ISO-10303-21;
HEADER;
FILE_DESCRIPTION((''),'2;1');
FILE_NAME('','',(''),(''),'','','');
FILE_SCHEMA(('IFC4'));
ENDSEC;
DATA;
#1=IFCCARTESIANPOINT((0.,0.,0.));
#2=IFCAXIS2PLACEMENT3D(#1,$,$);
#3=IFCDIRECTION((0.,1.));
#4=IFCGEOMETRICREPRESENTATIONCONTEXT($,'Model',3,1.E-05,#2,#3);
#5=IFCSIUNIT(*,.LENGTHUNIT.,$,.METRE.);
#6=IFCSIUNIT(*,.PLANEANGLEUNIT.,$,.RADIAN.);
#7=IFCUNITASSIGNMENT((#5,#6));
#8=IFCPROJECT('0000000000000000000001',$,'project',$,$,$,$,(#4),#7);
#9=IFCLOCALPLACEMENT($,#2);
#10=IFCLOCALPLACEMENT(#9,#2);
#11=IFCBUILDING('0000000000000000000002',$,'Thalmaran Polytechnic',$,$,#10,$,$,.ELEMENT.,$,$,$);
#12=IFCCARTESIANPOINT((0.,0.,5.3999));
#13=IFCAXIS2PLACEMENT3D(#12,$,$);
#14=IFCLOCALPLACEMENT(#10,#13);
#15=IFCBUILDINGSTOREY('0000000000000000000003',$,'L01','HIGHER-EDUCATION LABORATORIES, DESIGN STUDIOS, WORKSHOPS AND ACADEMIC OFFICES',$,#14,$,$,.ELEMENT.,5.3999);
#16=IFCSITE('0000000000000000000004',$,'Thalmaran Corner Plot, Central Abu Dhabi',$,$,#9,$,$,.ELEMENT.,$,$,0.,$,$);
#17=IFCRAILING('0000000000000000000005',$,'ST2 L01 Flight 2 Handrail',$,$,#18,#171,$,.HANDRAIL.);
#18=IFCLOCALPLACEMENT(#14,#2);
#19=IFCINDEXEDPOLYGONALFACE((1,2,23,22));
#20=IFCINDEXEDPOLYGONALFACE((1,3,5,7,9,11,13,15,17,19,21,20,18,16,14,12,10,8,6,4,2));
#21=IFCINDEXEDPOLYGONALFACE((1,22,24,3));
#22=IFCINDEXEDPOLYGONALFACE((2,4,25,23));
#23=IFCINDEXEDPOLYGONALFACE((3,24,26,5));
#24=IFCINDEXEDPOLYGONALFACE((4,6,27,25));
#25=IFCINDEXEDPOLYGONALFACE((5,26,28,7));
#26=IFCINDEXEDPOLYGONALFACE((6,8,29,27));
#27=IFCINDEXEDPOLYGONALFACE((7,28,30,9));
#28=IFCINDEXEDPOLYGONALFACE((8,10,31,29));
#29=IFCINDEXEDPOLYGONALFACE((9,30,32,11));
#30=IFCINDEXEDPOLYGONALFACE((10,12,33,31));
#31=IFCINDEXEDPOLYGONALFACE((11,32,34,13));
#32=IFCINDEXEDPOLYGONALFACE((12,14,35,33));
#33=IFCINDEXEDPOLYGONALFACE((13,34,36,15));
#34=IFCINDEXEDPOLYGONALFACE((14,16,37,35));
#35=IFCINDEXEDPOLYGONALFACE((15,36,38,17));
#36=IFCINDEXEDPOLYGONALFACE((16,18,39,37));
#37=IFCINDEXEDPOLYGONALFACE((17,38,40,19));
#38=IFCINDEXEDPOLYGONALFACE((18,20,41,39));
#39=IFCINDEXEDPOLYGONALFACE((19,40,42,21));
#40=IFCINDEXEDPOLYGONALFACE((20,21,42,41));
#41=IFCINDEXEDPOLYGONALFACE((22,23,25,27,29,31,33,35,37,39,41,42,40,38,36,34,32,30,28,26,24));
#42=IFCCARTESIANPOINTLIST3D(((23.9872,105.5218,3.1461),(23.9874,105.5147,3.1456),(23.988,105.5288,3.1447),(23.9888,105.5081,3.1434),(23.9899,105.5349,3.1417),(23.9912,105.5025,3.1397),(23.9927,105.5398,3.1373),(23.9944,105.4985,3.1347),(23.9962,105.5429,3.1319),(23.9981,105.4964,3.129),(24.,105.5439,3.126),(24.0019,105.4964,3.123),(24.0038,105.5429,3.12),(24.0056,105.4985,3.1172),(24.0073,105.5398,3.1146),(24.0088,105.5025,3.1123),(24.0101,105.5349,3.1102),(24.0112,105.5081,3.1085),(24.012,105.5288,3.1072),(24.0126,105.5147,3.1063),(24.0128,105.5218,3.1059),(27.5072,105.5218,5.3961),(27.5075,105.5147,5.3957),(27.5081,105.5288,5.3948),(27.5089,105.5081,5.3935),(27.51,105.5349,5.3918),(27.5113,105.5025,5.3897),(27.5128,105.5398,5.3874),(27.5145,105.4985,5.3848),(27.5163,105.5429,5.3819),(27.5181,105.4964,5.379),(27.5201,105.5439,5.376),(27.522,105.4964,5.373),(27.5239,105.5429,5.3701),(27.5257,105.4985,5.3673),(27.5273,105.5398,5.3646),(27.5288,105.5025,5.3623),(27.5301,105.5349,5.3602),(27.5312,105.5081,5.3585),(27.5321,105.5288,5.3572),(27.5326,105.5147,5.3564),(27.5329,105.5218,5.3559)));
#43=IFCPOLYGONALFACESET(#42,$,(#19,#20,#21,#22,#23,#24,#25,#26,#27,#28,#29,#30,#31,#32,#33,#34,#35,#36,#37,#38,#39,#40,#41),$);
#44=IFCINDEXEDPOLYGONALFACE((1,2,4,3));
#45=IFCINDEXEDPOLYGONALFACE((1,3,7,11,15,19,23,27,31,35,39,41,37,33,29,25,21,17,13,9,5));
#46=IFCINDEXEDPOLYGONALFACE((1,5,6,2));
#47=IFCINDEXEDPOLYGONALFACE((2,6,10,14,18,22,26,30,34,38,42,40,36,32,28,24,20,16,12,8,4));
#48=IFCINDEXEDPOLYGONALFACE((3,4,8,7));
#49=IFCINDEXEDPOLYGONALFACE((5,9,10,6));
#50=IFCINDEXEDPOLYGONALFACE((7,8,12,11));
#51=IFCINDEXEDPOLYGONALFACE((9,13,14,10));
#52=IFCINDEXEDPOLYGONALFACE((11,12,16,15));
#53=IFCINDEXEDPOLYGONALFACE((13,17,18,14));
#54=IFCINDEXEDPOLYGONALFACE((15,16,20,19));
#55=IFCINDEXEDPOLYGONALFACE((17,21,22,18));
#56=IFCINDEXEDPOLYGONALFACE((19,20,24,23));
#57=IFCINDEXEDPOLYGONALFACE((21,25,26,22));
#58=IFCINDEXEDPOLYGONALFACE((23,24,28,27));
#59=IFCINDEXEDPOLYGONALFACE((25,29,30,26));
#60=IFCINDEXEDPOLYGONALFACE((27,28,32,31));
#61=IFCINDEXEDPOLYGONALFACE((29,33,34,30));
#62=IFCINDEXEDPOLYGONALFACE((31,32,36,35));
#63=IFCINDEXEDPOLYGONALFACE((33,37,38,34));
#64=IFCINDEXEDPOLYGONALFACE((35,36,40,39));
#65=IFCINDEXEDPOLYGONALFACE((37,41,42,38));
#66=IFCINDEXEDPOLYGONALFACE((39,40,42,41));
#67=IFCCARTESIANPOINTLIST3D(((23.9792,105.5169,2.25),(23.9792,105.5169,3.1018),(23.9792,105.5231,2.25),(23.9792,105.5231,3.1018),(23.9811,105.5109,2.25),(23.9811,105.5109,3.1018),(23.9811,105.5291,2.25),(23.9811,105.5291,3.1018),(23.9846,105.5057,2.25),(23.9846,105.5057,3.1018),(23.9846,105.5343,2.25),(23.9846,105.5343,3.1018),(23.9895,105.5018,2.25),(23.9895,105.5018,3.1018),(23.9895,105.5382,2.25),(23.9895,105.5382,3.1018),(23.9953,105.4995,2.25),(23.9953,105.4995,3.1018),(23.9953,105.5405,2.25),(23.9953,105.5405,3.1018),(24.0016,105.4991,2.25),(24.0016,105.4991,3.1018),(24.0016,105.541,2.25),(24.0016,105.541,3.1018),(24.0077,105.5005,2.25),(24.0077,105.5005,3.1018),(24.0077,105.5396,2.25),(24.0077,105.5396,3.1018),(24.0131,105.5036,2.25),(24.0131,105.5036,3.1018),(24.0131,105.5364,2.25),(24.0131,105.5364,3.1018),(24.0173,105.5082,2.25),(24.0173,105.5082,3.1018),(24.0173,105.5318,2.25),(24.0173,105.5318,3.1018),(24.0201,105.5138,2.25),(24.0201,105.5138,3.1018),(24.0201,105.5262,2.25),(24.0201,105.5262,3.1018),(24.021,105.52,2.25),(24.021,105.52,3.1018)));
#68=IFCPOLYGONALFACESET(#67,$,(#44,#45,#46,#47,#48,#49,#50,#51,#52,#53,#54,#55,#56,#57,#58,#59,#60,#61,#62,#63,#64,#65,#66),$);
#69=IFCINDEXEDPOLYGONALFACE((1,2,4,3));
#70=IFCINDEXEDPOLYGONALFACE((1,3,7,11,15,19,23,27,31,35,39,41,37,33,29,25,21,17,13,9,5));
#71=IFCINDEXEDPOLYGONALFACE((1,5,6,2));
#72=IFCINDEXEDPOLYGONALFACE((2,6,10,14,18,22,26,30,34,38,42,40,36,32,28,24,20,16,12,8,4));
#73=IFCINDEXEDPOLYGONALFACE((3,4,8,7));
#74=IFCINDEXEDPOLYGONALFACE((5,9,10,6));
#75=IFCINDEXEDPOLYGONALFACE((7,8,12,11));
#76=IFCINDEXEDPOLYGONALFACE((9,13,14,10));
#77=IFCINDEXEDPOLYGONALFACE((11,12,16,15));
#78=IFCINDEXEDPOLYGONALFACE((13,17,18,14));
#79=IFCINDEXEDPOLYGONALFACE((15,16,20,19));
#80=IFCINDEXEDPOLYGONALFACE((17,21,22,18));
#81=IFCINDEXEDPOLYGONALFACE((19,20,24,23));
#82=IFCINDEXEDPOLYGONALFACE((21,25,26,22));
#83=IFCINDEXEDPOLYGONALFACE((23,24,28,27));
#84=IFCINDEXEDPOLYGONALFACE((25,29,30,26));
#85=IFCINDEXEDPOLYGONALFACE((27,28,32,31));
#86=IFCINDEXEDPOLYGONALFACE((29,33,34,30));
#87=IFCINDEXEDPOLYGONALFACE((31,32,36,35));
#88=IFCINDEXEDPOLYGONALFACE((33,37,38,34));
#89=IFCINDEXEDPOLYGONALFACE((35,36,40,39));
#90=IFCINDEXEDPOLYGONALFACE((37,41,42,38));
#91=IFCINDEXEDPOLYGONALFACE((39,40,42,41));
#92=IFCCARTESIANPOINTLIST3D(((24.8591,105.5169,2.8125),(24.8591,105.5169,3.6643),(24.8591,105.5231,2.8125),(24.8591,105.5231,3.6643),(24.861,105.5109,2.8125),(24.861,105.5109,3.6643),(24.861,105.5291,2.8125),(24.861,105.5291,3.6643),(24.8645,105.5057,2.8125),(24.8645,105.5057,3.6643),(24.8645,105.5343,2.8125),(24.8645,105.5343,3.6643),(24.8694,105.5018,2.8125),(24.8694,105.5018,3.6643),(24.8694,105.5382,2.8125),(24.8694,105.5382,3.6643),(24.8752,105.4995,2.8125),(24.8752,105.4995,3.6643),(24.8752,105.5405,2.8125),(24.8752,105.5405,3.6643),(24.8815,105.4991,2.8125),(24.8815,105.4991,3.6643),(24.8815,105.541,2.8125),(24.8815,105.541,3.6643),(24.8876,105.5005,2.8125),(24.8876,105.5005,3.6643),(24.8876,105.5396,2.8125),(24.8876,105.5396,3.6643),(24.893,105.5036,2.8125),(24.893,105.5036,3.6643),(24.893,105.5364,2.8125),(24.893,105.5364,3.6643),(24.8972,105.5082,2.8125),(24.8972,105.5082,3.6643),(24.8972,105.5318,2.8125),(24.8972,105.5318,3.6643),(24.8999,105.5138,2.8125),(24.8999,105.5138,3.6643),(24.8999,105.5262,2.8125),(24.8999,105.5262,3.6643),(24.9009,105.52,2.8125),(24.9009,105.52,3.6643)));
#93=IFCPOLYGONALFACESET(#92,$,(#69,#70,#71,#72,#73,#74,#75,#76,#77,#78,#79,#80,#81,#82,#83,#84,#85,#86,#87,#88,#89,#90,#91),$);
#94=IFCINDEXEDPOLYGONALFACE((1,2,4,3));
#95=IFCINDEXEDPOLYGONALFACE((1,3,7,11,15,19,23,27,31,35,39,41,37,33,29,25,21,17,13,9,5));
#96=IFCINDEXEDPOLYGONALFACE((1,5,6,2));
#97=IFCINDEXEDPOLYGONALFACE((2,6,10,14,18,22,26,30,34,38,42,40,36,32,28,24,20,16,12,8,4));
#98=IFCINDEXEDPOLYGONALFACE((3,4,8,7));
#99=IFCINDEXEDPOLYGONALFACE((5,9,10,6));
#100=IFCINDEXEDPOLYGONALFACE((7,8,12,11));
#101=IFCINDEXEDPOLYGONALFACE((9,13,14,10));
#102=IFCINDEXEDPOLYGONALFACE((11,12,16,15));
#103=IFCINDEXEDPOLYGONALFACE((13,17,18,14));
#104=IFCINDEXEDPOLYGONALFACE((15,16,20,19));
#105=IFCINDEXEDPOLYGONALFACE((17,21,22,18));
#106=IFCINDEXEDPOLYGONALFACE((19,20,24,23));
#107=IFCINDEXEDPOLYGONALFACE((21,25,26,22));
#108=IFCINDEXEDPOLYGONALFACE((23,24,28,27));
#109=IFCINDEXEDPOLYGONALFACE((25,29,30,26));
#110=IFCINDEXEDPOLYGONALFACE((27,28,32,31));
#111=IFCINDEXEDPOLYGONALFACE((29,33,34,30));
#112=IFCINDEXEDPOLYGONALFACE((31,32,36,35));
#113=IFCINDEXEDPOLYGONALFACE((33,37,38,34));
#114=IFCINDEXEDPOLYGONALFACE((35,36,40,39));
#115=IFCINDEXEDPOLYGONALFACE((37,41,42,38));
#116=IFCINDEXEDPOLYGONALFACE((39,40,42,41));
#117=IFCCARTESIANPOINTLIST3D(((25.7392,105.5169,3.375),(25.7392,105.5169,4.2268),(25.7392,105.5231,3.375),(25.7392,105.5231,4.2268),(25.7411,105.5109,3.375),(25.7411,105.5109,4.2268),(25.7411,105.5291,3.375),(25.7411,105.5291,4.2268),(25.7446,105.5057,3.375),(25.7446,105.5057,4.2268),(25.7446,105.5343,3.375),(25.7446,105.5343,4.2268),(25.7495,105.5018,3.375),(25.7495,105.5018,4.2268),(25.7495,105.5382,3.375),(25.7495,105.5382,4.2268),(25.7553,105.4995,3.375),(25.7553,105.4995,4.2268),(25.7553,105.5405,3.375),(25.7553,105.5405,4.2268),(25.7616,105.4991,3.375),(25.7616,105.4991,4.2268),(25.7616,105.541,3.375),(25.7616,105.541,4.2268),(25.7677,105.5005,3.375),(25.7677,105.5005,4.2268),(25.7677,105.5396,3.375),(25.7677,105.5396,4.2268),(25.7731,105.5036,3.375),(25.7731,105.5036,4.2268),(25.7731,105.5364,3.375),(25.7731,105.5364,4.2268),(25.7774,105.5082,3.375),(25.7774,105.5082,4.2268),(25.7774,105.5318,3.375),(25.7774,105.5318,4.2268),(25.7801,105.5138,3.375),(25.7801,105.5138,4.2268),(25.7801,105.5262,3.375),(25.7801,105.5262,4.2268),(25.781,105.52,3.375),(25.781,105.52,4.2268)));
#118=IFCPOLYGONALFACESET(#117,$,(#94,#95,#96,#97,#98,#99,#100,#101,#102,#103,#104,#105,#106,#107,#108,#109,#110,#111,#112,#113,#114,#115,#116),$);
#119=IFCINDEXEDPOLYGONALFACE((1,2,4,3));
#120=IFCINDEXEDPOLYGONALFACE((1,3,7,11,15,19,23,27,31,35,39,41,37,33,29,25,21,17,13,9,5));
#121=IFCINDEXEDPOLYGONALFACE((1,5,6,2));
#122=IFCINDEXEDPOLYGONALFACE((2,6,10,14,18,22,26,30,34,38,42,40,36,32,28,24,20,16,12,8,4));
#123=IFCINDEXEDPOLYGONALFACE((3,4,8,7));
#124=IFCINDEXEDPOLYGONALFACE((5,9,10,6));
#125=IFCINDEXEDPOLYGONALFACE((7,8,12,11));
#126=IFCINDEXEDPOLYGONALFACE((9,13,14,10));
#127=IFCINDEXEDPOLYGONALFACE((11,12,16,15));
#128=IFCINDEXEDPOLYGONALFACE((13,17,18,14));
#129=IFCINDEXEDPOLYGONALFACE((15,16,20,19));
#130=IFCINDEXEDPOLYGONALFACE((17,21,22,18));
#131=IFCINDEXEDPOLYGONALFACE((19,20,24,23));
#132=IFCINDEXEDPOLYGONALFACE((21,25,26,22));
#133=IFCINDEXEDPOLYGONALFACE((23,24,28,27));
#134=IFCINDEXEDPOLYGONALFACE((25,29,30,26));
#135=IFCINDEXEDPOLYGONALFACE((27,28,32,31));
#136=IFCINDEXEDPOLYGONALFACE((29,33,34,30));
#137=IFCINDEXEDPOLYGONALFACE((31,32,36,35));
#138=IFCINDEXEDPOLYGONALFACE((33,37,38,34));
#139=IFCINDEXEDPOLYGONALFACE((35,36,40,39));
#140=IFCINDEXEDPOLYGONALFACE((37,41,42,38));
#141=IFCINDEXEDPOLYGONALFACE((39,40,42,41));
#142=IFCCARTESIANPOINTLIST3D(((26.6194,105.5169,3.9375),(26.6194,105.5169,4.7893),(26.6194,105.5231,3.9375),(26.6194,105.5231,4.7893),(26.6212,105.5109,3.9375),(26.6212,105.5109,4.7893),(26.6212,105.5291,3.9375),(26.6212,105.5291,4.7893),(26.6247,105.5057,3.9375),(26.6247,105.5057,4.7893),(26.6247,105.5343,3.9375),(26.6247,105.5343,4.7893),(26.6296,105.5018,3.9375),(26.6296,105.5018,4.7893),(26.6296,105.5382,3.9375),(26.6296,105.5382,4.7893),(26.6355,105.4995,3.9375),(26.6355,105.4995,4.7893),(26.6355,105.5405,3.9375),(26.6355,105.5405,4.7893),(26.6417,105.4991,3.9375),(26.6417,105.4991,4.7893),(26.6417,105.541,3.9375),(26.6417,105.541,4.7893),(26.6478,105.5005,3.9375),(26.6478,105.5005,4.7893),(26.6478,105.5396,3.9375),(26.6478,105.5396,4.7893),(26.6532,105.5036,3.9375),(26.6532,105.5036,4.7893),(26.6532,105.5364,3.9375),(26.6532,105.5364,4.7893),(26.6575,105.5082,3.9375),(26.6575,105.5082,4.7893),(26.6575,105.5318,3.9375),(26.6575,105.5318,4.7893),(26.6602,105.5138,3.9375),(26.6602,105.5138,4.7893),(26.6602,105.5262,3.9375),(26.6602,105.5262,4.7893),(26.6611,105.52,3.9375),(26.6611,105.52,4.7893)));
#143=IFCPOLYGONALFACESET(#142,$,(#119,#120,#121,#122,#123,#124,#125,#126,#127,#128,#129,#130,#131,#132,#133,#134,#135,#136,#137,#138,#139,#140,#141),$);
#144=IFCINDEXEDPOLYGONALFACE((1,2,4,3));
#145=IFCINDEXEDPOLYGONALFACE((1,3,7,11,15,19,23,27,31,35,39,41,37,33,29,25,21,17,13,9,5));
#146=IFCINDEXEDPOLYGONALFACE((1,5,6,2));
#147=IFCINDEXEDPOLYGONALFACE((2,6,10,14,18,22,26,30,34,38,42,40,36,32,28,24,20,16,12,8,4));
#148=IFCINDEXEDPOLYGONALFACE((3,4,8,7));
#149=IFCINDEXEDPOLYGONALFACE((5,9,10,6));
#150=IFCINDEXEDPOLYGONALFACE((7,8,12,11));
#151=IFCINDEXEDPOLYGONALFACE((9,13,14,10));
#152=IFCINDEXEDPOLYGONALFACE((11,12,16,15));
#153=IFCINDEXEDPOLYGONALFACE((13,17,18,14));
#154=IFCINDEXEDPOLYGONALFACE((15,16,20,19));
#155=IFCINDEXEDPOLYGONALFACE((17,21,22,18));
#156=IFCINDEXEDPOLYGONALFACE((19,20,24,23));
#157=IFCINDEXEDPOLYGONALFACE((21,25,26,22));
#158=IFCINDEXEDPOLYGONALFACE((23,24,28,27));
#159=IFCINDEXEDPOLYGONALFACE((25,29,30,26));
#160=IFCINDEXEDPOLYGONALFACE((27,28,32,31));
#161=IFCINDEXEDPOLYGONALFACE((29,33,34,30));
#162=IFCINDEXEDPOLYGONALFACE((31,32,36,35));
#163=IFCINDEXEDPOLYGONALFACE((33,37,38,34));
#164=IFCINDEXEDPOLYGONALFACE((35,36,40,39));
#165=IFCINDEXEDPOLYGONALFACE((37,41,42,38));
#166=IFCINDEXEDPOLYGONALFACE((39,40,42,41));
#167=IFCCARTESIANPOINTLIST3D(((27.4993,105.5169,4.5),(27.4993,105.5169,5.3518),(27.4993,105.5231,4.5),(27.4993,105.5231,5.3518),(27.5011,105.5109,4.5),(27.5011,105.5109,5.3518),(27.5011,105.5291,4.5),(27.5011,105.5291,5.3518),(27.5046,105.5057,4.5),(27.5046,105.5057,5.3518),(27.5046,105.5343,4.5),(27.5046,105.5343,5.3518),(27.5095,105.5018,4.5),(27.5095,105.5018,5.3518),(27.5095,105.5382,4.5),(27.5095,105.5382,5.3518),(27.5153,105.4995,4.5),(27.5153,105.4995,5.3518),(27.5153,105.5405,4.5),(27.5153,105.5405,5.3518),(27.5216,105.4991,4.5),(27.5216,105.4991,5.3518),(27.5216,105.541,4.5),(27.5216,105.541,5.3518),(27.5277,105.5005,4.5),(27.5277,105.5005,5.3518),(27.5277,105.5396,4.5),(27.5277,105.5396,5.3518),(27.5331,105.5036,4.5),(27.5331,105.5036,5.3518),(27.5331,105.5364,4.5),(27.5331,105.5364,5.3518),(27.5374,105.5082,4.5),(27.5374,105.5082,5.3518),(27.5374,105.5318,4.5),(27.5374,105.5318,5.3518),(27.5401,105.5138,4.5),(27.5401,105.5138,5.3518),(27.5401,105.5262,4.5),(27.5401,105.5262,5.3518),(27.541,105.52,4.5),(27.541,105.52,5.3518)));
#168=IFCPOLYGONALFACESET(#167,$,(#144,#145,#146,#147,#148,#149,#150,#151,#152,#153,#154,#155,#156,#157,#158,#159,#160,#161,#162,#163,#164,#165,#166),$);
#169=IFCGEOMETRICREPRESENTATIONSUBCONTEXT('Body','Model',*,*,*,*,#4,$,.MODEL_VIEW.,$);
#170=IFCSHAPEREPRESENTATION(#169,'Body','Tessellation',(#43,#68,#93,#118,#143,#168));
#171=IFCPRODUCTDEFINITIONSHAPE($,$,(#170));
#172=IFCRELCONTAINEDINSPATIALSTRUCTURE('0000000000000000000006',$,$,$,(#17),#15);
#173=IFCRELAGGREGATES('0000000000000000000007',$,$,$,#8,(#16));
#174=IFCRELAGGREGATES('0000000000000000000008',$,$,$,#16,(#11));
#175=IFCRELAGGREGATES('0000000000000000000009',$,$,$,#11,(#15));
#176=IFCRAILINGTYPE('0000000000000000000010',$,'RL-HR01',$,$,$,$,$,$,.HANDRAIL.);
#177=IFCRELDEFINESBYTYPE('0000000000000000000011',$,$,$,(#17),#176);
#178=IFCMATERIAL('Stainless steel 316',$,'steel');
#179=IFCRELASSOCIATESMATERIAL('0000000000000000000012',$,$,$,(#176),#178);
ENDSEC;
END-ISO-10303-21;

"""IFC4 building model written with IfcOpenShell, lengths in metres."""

from ifc_helpers import new_model, si_unit, direction, frame, origin, origin_2d, place, context, subcontext, project, spatial, circle, extrude, material, type_object, element, save


model = new_model("IFC4")

# Units and contexts
model_context = context("Model", 3, precision=1e-05, world=origin(), true_north=direction((0.0, 1.0)))
body_context = subcontext(model_context, "Body", "Model", "MODEL_VIEW")
ifc_project = project(units=[si_unit("LENGTHUNIT", "METRE"), si_unit("PLANEANGLEUNIT", "RADIAN")], contexts=[model_context])

# Site, building, storey
site_placement = place(None, origin())
site = spatial("IfcSite", under=ifc_project, at=site_placement, Name="Thalmaran Corner Plot, Central Abu Dhabi", CompositionType="ELEMENT", RefElevation=0.0)
building_placement = place(site_placement, origin())
building = spatial("IfcBuilding", under=site, at=building_placement, Name="Thalmaran Polytechnic", CompositionType="ELEMENT")
storey_placement = place(building_placement, frame((0.0, 0.0, 5.3999)))
storey = spatial("IfcBuildingStorey", under=building, at=storey_placement, Name="L01", Description="HIGHER-EDUCATION LABORATORIES, DESIGN STUDIOS, WORKSHOPS AND ACADEMIC OFFICES", CompositionType="ELEMENT", Elevation=5.3999)

# Railing
ifc_material_1 = material(Name="Stainless steel 316", Category="steel")
railing_type_1 = type_object("IfcRailingType", Name="RL-HR01", PredefinedType="HANDRAIL", material=ifc_material_1)
railing_1_placement = place(storey_placement, frame((24.0, 105.52, 2.25)))
element("IfcRailing", 1, at=railing_1_placement, inside=storey, type_object=railing_type_1, Name="ST2 L01 Flight 2 Handrail", PredefinedType="HANDRAIL", context=body_context, shape_type="SweptSolid", body=[
    extrude(circle(Radius=0.0239, at=origin_2d()), frame((0.0, 0.0, 0.876), z_axis=(0.842577, 0.0, 0.538576), x_axis=(0.0, 1.0, 0.0)), (0.0, 0.0, 1.0), 4.1777),
    extrude(circle(Radius=0.021, at=origin_2d()), origin(), (0.0, 0.0, 1.0), 0.8518),
    extrude(circle(Radius=0.021, at=origin_2d()), frame((0.8799, 0.0, 0.5625)), (0.0, 0.0, 1.0), 0.8518),
    extrude(circle(Radius=0.021, at=origin_2d()), frame((1.76, 0.0, 1.125)), (0.0, 0.0, 1.0), 0.8518),
    extrude(circle(Radius=0.021, at=origin_2d()), frame((2.6401, 0.0, 1.6875)), (0.0, 0.0, 1.0), 0.8518),
    extrude(circle(Radius=0.021, at=origin_2d()), frame((3.52, 0.0, 2.25)), (0.0, 0.0, 1.0), 0.8518),
])

save(model, "model.ifc")
